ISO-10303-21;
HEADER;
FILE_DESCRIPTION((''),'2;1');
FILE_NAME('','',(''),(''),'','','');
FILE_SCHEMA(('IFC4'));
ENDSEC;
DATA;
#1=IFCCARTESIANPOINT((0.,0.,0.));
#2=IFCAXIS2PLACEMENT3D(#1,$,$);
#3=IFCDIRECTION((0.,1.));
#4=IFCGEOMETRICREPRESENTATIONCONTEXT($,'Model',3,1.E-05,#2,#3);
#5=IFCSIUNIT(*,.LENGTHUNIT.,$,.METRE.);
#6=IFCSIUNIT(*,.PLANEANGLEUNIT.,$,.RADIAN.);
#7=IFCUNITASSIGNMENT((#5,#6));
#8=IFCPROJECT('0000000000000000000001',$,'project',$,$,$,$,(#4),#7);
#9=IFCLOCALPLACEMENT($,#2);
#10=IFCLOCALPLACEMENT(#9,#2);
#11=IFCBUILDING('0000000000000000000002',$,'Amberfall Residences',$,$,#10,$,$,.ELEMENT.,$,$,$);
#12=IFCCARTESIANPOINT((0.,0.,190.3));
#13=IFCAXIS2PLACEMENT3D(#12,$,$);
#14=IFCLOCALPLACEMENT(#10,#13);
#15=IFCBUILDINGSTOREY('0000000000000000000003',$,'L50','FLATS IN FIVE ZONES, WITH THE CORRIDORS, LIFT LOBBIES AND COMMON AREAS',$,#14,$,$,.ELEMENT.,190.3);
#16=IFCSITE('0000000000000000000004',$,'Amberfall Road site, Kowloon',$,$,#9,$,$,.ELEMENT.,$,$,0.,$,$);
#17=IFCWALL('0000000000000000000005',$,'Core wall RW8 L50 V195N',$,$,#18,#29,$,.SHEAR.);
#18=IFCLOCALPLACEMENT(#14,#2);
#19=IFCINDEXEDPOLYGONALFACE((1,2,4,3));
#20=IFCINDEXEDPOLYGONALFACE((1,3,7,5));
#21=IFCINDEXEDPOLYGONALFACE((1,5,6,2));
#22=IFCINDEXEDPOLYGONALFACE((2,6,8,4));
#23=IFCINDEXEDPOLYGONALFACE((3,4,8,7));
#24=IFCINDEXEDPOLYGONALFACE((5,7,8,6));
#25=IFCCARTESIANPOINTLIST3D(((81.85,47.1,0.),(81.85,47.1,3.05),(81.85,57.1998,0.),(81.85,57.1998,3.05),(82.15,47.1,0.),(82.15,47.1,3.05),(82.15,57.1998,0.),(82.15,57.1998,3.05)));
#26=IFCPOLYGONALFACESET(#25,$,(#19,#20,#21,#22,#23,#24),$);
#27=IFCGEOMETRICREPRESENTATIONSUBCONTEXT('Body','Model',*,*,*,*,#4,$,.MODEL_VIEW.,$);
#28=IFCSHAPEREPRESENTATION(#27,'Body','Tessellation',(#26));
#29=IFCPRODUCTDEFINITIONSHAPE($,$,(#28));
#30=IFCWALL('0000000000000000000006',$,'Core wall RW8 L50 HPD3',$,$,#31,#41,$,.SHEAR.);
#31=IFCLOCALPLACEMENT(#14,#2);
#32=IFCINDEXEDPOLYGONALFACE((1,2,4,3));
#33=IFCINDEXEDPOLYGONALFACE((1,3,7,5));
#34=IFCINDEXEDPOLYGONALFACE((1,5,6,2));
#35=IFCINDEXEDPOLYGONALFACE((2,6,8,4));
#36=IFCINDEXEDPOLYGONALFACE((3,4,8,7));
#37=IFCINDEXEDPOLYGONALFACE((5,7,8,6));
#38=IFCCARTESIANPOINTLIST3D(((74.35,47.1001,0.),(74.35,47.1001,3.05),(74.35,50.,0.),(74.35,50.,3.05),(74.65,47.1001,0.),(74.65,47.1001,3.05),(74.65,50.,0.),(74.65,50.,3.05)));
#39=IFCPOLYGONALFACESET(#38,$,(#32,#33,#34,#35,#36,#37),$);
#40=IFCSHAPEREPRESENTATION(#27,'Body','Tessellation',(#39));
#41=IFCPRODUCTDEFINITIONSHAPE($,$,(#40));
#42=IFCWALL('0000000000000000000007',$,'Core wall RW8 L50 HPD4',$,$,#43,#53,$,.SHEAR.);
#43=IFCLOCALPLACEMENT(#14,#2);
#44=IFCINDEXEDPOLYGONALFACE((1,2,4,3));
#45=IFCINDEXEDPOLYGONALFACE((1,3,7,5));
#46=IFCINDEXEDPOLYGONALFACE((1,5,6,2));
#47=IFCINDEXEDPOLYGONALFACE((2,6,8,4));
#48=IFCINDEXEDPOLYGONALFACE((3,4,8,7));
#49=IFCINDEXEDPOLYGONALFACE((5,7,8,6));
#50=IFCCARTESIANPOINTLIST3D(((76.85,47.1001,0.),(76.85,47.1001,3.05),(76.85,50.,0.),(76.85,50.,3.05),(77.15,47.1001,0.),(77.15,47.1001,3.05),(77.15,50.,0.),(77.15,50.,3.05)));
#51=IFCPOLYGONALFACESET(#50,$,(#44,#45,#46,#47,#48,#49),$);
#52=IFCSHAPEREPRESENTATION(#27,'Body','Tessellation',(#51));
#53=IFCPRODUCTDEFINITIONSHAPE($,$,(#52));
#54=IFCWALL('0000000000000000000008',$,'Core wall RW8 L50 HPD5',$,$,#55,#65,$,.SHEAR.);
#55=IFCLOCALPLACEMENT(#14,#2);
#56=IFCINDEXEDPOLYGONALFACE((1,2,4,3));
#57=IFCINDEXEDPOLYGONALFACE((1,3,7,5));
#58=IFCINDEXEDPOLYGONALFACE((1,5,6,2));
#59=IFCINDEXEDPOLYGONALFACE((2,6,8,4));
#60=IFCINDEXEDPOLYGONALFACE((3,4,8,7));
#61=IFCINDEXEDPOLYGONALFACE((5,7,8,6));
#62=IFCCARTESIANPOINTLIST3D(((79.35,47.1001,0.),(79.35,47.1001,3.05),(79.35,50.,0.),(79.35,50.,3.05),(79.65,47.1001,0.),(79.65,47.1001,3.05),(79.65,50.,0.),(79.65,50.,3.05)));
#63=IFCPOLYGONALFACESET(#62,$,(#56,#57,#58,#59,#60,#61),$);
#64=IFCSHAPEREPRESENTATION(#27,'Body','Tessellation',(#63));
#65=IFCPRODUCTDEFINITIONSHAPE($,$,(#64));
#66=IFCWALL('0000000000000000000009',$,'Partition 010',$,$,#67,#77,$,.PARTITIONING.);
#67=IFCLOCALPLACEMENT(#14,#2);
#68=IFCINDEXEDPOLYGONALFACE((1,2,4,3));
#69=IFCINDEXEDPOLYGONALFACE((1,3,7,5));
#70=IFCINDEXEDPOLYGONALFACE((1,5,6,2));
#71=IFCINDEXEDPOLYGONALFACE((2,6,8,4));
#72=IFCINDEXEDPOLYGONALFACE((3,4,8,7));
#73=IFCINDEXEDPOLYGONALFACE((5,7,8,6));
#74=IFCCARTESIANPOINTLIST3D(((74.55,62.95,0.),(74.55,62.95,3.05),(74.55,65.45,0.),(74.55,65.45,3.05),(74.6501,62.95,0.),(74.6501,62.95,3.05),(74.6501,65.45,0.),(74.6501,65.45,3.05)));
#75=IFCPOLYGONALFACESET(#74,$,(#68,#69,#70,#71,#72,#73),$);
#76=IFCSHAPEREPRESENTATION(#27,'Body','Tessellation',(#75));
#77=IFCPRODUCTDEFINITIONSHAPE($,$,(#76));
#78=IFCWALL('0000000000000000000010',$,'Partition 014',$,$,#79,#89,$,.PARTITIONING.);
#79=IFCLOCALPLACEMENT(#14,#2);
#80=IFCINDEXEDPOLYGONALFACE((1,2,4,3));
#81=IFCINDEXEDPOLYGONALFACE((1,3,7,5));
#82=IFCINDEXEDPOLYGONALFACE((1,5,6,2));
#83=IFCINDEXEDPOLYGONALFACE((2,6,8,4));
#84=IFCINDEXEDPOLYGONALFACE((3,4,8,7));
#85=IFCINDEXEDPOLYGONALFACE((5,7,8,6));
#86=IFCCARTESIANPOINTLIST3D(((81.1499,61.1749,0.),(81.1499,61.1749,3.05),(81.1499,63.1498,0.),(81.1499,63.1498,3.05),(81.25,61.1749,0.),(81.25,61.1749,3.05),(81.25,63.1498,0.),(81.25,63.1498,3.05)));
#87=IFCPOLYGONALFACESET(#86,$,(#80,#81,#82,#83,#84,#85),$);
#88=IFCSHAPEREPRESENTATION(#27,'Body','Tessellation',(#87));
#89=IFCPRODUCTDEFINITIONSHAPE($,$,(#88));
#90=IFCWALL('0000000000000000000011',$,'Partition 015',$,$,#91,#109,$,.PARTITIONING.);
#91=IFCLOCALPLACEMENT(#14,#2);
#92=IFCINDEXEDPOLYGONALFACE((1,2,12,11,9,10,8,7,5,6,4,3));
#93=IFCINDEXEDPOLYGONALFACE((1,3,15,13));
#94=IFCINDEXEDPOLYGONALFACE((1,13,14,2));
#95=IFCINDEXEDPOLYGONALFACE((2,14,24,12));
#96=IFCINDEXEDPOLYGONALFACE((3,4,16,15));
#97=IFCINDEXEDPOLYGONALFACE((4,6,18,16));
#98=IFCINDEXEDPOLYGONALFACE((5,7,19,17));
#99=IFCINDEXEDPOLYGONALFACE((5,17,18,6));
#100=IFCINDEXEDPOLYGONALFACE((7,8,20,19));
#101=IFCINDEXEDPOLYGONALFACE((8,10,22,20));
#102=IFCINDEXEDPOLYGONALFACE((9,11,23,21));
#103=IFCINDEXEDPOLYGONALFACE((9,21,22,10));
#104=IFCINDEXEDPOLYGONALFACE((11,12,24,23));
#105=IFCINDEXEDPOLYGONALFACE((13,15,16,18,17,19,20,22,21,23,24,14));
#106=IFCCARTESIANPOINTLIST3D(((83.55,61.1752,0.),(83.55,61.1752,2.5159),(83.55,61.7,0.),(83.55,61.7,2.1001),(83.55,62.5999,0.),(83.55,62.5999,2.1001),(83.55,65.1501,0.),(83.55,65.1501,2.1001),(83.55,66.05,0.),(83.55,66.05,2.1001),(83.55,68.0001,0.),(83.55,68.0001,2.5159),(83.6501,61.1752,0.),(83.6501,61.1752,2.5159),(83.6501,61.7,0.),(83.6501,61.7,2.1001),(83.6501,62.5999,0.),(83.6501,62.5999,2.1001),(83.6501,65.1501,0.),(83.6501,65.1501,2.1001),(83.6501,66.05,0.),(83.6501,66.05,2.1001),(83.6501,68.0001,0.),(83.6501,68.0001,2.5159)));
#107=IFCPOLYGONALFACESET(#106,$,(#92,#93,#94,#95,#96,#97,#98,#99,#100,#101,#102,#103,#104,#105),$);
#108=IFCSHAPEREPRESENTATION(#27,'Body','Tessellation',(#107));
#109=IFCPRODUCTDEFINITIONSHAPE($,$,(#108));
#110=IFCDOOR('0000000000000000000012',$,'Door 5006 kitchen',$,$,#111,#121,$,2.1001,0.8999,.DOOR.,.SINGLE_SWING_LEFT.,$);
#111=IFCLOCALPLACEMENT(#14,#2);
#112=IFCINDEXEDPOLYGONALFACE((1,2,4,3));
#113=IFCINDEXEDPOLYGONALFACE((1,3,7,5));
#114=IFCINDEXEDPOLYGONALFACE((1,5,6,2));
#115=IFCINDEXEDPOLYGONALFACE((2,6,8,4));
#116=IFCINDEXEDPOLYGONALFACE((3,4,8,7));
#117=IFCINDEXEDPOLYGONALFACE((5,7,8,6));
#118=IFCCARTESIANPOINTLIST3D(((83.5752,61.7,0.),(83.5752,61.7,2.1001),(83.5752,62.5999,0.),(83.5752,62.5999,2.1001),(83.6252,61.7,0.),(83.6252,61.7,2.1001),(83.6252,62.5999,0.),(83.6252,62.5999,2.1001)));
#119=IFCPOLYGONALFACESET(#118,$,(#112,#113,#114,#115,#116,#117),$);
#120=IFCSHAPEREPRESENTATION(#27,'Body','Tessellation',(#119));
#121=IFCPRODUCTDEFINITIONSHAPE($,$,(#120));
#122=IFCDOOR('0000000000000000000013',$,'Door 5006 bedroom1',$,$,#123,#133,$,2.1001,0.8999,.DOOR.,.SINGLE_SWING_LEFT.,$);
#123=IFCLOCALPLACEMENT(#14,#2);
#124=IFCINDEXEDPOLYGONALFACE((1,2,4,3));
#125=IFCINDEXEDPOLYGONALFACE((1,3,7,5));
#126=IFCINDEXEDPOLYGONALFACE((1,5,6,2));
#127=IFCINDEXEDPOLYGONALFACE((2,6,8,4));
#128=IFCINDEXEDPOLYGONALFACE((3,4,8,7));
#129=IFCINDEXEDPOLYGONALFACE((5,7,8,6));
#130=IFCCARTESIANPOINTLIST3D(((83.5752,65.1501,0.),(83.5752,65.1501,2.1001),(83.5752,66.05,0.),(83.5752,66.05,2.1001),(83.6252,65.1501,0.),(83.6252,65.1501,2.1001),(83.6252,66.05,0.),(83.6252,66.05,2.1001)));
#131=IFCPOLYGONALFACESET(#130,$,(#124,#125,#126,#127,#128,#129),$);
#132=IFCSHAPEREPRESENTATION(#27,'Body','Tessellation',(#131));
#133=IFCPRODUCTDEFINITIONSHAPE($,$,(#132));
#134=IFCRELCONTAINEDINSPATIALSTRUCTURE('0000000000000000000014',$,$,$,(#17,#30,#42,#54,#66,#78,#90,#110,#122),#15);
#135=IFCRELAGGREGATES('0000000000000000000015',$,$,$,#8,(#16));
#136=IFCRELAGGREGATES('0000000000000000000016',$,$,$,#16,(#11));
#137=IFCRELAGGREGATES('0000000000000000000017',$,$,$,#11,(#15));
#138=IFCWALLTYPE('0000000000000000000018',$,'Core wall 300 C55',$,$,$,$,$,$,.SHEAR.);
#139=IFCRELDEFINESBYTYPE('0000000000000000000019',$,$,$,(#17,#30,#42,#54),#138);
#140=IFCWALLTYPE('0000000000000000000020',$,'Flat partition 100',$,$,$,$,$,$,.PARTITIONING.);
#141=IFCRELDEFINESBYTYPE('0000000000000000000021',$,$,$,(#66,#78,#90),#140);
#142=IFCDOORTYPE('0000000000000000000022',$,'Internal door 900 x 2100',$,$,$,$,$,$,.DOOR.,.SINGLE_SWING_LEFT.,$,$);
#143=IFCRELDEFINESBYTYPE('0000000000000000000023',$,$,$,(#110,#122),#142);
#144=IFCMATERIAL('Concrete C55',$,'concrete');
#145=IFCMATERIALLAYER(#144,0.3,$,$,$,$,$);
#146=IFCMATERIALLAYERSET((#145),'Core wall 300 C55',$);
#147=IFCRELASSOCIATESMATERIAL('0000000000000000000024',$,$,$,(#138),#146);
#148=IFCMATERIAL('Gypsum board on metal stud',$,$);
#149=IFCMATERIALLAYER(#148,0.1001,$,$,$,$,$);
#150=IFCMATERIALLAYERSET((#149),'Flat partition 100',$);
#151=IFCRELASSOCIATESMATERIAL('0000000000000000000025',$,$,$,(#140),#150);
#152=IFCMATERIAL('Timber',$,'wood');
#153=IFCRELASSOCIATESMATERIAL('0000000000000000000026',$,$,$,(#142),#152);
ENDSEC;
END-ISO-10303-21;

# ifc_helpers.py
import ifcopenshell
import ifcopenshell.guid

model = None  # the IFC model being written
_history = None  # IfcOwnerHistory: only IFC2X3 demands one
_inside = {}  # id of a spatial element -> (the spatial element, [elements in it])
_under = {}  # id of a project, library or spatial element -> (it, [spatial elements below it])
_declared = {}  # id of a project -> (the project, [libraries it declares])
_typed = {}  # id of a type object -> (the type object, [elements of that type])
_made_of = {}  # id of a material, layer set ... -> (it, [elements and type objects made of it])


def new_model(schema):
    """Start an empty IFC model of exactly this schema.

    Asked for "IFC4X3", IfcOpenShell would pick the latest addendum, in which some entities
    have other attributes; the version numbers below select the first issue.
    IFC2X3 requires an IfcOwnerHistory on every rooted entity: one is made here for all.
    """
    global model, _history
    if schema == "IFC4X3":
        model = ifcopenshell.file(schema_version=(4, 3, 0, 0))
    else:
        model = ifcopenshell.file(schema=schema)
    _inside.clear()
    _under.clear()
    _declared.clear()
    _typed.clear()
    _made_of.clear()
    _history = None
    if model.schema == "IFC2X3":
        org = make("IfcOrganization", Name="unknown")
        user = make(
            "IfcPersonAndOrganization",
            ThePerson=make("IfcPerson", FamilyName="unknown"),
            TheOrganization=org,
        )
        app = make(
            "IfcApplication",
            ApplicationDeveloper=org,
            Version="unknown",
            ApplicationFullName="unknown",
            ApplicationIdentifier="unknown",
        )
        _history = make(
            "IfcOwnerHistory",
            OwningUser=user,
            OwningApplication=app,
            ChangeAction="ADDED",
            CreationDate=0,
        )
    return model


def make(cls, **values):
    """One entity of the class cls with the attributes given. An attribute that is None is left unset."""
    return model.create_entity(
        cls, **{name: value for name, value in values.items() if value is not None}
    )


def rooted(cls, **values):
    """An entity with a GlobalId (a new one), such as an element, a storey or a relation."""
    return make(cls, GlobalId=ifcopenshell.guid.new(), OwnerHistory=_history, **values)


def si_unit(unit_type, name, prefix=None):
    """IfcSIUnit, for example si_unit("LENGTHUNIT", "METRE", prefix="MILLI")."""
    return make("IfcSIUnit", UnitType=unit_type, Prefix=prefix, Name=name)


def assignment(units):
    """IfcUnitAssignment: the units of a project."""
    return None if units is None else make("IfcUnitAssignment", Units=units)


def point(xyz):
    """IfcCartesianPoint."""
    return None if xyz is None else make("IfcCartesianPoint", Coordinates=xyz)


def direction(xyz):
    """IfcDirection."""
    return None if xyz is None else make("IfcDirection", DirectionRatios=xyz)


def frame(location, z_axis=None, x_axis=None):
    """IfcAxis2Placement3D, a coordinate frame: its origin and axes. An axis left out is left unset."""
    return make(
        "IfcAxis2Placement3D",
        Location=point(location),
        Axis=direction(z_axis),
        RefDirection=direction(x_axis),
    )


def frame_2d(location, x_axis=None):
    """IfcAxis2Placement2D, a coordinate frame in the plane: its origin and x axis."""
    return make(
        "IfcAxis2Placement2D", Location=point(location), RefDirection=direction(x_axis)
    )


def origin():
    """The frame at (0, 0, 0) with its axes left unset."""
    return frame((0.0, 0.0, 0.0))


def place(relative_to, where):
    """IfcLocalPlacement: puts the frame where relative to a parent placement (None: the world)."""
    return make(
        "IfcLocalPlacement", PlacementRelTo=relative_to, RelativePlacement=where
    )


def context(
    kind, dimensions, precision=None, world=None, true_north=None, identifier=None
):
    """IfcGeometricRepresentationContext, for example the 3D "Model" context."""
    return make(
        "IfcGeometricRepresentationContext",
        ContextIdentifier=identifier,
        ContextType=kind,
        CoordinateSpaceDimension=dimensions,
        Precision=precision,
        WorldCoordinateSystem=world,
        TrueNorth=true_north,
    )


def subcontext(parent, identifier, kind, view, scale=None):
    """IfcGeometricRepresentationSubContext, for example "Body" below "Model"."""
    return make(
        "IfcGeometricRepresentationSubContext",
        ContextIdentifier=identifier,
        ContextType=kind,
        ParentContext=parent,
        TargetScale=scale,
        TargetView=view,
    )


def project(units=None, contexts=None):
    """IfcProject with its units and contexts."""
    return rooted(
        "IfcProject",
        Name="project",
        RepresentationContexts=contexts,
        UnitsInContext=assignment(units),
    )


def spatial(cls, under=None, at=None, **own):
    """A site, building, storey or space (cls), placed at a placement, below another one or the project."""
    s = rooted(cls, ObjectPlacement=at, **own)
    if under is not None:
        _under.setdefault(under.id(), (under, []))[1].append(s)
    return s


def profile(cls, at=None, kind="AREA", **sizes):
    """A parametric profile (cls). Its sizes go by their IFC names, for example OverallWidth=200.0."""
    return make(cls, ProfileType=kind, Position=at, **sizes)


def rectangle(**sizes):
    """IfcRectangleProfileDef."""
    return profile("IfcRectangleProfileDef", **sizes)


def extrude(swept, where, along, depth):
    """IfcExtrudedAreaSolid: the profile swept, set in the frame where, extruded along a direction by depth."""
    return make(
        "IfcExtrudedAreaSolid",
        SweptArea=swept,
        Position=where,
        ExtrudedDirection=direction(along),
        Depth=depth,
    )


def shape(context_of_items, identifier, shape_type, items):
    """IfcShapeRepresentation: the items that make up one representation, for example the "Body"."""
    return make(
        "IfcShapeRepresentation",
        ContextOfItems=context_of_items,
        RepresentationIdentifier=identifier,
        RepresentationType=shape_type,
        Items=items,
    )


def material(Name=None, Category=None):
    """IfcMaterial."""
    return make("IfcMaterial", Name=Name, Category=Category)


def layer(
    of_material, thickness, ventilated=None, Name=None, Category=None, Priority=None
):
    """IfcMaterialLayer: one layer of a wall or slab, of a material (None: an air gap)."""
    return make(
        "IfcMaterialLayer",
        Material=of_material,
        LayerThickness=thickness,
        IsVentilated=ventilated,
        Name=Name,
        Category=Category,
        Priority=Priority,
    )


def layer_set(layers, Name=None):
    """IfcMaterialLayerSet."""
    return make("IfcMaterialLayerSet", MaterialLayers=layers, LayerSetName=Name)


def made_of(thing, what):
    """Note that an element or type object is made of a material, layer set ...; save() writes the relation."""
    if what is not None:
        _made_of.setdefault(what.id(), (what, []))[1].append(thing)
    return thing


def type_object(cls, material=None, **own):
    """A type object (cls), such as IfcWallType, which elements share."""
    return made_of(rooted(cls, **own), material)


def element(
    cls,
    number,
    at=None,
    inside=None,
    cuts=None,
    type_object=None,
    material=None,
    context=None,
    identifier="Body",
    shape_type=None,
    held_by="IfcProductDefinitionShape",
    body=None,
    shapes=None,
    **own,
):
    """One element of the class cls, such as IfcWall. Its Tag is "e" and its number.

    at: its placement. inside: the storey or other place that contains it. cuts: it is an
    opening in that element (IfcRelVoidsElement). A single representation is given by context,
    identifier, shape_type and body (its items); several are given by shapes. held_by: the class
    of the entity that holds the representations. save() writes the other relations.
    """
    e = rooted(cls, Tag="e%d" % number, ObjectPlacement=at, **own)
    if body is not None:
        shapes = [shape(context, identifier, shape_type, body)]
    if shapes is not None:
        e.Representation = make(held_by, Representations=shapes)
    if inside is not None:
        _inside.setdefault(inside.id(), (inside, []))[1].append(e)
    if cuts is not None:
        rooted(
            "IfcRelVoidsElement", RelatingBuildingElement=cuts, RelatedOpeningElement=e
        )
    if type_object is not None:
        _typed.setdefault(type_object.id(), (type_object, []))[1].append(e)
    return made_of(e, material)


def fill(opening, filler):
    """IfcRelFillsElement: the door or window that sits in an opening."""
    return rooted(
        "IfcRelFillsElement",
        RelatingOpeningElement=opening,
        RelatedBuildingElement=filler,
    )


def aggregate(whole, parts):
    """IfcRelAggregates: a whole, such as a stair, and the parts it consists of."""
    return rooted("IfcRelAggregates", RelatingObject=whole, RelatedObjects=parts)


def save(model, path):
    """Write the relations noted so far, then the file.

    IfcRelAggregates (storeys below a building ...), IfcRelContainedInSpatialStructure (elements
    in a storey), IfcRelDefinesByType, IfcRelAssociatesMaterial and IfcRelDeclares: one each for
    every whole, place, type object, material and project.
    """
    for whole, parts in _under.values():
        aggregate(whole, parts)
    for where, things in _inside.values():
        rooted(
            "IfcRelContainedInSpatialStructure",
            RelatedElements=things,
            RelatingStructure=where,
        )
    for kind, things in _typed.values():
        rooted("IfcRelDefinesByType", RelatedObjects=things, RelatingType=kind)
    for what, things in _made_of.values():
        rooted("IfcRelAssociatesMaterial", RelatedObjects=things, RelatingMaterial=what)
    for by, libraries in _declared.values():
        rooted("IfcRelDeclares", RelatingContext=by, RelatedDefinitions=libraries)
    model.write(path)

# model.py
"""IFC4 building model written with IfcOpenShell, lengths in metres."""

from ifc_helpers import new_model, si_unit, direction, frame, frame_2d, origin, place, context, subcontext, project, spatial, rectangle, extrude, material, layer, layer_set, type_object, element, fill, save


model = new_model("IFC4")

# Units and contexts
model_context = context("Model", 3, precision=1e-05, world=origin(), true_north=direction((0.0, 1.0)))
body_context = subcontext(model_context, "Body", "Model", "MODEL_VIEW")
ifc_project = project(units=[si_unit("LENGTHUNIT", "METRE"), si_unit("PLANEANGLEUNIT", "RADIAN")], contexts=[model_context])

# Site, building, storey
site_placement = place(None, origin())
site = spatial("IfcSite", under=ifc_project, at=site_placement, Name="Amberfall Road site, Kowloon", CompositionType="ELEMENT", RefElevation=0.0)
building_placement = place(site_placement, origin())
building = spatial("IfcBuilding", under=site, at=building_placement, Name="Amberfall Residences", CompositionType="ELEMENT")
storey_placement = place(building_placement, frame((0.0, 0.0, 190.3)))
storey = spatial("IfcBuildingStorey", under=building, at=storey_placement, Name="L50", Description="FLATS IN FIVE ZONES, WITH THE CORRIDORS, LIFT LOBBIES AND COMMON AREAS", CompositionType="ELEMENT", Elevation=190.3)

# Walls
ifc_material_1 = material(Name="Concrete C55", Category="concrete")
ifc_layer_1 = layer(ifc_material_1, 0.3)
ifc_layer_set_1 = layer_set([ifc_layer_1], Name="Core wall 300 C55")
wall_type_1 = type_object("IfcWallType", Name="Core wall 300 C55", PredefinedType="SHEAR", material=ifc_layer_set_1)
wall_1_placement = place(storey_placement, frame((82.0, 47.1001, 0.0), z_axis=(0.0, 0.0, 1.0), x_axis=(0.0, 1.0, 0.0)))
element("IfcWall", 1, at=wall_1_placement, inside=storey, type_object=wall_type_1, Name="Core wall RW8 L50 V195N", PredefinedType="SHEAR", context=body_context, shape_type="SweptSolid", body=[
    extrude(rectangle(XDim=10.0999, YDim=0.3, at=frame_2d((5.0498, 0.0))), origin(), (0.0, 0.0, 1.0), 3.05),
])
for number, where, z_axis, x_axis, name in (
    (2, (74.5, 47.1001, 0.0), (0.0, 0.0, 1.0), (0.0, 1.0, 0.0), "Core wall RW8 L50 HPD3"),
    (3, (77.0, 47.1001, 0.0), (0.0, 0.0, 1.0), (0.0, 1.0, 0.0), "Core wall RW8 L50 HPD4"),
    (4, (79.5, 47.1001, 0.0), (0.0, 0.0, 1.0), (0.0, 1.0, 0.0), "Core wall RW8 L50 HPD5"),
):
    element("IfcWall", number, at=place(storey_placement, frame(where, z_axis=z_axis, x_axis=x_axis)), inside=storey, type_object=wall_type_1, Name=name, PredefinedType="SHEAR", context=body_context, shape_type="SweptSolid", body=[
        extrude(rectangle(XDim=2.8999, YDim=0.3, at=frame_2d((1.45, 0.0))), origin(), (0.0, 0.0, 1.0), 3.05),
    ])
ifc_material_2 = material(Name="Gypsum board on metal stud")
ifc_layer_2 = layer(ifc_material_2, 0.1001)
ifc_layer_set_2 = layer_set([ifc_layer_2], Name="Flat partition 100")
wall_type_2 = type_object("IfcWallType", Name="Flat partition 100", PredefinedType="PARTITIONING", material=ifc_layer_set_2)
wall_2_placement = place(storey_placement, frame((74.6001, 62.95, 0.0), z_axis=(0.0, 0.0, 1.0), x_axis=(0.0, 1.0, 0.0)))
element("IfcWall", 5, at=wall_2_placement, inside=storey, type_object=wall_type_2, Name="Partition 010", PredefinedType="PARTITIONING", context=body_context, shape_type="SweptSolid", body=[
    extrude(rectangle(XDim=2.5, YDim=0.1001, at=frame_2d((1.25, 0.0))), origin(), (0.0, 0.0, 1.0), 3.05),
])
wall_3_placement = place(storey_placement, frame((81.2, 61.175, 0.0), z_axis=(0.0, 0.0, 1.0), x_axis=(0.0, 1.0, 0.0)))
element("IfcWall", 6, at=wall_3_placement, inside=storey, type_object=wall_type_2, Name="Partition 014", PredefinedType="PARTITIONING", context=body_context, shape_type="SweptSolid", body=[
    extrude(rectangle(XDim=1.9749, YDim=0.1001, at=frame_2d((0.9873, 0.0))), origin(), (0.0, 0.0, 1.0), 3.05),
])

# Wall, openings, doors
wall_4_placement = place(storey_placement, frame((83.6001, 61.175, 0.0), z_axis=(0.0, 0.0, 1.0), x_axis=(0.0, 1.0, 0.0)))
wall_4 = element("IfcWall", 7, at=wall_4_placement, inside=storey, type_object=wall_type_2, Name="Partition 015", PredefinedType="PARTITIONING", context=body_context, shape_type="SweptSolid", body=[
    extrude(rectangle(XDim=6.825, YDim=0.1001, at=frame_2d((3.4126, 0.0))), origin(), (0.0, 0.0, 1.0), 2.5159),
])
opening_1_placement = place(wall_4_placement, frame((0.5249, 0.0, 0.0)))
opening_1 = element("IfcOpeningElement", 8, at=opening_1_placement, cuts=wall_4, PredefinedType="OPENING", context=body_context, shape_type="SweptSolid", body=[
    extrude(rectangle(XDim=0.8999, YDim=2.1001, at=frame_2d((0.45, 1.05))), frame((0.0, 0.0601, 0.0), z_axis=(0.0, -1.0, 0.0), x_axis=(1.0, 0.0, 0.0)), (0.0, 0.0, 1.0), 0.1201),
])
opening_2_placement = place(wall_4_placement, frame((3.9751, 0.0, 0.0)))
opening_2 = element("IfcOpeningElement", 9, at=opening_2_placement, cuts=wall_4, PredefinedType="OPENING", context=body_context, shape_type="SweptSolid", body=[
    extrude(rectangle(XDim=0.8999, YDim=2.1001, at=frame_2d((0.45, 1.05))), frame((0.0, 0.0601, 0.0), z_axis=(0.0, -1.0, 0.0), x_axis=(1.0, 0.0, 0.0)), (0.0, 0.0, 1.0), 0.1201),
])
ifc_material_3 = material(Name="Timber", Category="wood")
door_type_1 = type_object("IfcDoorType", Name="Internal door 900 x 2100", OperationType="SINGLE_SWING_LEFT", PredefinedType="DOOR", material=ifc_material_3)
door_1_placement = place(opening_1_placement, origin())
door_1 = element("IfcDoor", 10, at=door_1_placement, inside=storey, type_object=door_type_1, Name="Door 5006 kitchen", OperationType="SINGLE_SWING_LEFT", OverallHeight=2.1001, OverallWidth=0.8999, PredefinedType="DOOR", context=body_context, shape_type="SweptSolid", body=[
    extrude(rectangle(XDim=0.8999, YDim=2.1001, at=frame_2d((0.45, 1.05))), frame((0.0, 0.0249, 0.0), z_axis=(0.0, -1.0, 0.0), x_axis=(1.0, 0.0, 0.0)), (0.0, 0.0, 1.0), 0.05),
])
fill(opening_1, door_1)
door_2_placement = place(opening_2_placement, origin())
door_2 = element("IfcDoor", 11, at=door_2_placement, inside=storey, type_object=door_type_1, Name="Door 5006 bedroom1", OperationType="SINGLE_SWING_LEFT", OverallHeight=2.1001, OverallWidth=0.8999, PredefinedType="DOOR", context=body_context, shape_type="SweptSolid", body=[
    extrude(rectangle(XDim=0.8999, YDim=2.1001, at=frame_2d((0.45, 1.05))), frame((0.0, 0.0249, 0.0), z_axis=(0.0, -1.0, 0.0), x_axis=(1.0, 0.0, 0.0)), (0.0, 0.0, 1.0), 0.05),
])
fill(opening_2, door_2)

save(model, "model.ifc")
